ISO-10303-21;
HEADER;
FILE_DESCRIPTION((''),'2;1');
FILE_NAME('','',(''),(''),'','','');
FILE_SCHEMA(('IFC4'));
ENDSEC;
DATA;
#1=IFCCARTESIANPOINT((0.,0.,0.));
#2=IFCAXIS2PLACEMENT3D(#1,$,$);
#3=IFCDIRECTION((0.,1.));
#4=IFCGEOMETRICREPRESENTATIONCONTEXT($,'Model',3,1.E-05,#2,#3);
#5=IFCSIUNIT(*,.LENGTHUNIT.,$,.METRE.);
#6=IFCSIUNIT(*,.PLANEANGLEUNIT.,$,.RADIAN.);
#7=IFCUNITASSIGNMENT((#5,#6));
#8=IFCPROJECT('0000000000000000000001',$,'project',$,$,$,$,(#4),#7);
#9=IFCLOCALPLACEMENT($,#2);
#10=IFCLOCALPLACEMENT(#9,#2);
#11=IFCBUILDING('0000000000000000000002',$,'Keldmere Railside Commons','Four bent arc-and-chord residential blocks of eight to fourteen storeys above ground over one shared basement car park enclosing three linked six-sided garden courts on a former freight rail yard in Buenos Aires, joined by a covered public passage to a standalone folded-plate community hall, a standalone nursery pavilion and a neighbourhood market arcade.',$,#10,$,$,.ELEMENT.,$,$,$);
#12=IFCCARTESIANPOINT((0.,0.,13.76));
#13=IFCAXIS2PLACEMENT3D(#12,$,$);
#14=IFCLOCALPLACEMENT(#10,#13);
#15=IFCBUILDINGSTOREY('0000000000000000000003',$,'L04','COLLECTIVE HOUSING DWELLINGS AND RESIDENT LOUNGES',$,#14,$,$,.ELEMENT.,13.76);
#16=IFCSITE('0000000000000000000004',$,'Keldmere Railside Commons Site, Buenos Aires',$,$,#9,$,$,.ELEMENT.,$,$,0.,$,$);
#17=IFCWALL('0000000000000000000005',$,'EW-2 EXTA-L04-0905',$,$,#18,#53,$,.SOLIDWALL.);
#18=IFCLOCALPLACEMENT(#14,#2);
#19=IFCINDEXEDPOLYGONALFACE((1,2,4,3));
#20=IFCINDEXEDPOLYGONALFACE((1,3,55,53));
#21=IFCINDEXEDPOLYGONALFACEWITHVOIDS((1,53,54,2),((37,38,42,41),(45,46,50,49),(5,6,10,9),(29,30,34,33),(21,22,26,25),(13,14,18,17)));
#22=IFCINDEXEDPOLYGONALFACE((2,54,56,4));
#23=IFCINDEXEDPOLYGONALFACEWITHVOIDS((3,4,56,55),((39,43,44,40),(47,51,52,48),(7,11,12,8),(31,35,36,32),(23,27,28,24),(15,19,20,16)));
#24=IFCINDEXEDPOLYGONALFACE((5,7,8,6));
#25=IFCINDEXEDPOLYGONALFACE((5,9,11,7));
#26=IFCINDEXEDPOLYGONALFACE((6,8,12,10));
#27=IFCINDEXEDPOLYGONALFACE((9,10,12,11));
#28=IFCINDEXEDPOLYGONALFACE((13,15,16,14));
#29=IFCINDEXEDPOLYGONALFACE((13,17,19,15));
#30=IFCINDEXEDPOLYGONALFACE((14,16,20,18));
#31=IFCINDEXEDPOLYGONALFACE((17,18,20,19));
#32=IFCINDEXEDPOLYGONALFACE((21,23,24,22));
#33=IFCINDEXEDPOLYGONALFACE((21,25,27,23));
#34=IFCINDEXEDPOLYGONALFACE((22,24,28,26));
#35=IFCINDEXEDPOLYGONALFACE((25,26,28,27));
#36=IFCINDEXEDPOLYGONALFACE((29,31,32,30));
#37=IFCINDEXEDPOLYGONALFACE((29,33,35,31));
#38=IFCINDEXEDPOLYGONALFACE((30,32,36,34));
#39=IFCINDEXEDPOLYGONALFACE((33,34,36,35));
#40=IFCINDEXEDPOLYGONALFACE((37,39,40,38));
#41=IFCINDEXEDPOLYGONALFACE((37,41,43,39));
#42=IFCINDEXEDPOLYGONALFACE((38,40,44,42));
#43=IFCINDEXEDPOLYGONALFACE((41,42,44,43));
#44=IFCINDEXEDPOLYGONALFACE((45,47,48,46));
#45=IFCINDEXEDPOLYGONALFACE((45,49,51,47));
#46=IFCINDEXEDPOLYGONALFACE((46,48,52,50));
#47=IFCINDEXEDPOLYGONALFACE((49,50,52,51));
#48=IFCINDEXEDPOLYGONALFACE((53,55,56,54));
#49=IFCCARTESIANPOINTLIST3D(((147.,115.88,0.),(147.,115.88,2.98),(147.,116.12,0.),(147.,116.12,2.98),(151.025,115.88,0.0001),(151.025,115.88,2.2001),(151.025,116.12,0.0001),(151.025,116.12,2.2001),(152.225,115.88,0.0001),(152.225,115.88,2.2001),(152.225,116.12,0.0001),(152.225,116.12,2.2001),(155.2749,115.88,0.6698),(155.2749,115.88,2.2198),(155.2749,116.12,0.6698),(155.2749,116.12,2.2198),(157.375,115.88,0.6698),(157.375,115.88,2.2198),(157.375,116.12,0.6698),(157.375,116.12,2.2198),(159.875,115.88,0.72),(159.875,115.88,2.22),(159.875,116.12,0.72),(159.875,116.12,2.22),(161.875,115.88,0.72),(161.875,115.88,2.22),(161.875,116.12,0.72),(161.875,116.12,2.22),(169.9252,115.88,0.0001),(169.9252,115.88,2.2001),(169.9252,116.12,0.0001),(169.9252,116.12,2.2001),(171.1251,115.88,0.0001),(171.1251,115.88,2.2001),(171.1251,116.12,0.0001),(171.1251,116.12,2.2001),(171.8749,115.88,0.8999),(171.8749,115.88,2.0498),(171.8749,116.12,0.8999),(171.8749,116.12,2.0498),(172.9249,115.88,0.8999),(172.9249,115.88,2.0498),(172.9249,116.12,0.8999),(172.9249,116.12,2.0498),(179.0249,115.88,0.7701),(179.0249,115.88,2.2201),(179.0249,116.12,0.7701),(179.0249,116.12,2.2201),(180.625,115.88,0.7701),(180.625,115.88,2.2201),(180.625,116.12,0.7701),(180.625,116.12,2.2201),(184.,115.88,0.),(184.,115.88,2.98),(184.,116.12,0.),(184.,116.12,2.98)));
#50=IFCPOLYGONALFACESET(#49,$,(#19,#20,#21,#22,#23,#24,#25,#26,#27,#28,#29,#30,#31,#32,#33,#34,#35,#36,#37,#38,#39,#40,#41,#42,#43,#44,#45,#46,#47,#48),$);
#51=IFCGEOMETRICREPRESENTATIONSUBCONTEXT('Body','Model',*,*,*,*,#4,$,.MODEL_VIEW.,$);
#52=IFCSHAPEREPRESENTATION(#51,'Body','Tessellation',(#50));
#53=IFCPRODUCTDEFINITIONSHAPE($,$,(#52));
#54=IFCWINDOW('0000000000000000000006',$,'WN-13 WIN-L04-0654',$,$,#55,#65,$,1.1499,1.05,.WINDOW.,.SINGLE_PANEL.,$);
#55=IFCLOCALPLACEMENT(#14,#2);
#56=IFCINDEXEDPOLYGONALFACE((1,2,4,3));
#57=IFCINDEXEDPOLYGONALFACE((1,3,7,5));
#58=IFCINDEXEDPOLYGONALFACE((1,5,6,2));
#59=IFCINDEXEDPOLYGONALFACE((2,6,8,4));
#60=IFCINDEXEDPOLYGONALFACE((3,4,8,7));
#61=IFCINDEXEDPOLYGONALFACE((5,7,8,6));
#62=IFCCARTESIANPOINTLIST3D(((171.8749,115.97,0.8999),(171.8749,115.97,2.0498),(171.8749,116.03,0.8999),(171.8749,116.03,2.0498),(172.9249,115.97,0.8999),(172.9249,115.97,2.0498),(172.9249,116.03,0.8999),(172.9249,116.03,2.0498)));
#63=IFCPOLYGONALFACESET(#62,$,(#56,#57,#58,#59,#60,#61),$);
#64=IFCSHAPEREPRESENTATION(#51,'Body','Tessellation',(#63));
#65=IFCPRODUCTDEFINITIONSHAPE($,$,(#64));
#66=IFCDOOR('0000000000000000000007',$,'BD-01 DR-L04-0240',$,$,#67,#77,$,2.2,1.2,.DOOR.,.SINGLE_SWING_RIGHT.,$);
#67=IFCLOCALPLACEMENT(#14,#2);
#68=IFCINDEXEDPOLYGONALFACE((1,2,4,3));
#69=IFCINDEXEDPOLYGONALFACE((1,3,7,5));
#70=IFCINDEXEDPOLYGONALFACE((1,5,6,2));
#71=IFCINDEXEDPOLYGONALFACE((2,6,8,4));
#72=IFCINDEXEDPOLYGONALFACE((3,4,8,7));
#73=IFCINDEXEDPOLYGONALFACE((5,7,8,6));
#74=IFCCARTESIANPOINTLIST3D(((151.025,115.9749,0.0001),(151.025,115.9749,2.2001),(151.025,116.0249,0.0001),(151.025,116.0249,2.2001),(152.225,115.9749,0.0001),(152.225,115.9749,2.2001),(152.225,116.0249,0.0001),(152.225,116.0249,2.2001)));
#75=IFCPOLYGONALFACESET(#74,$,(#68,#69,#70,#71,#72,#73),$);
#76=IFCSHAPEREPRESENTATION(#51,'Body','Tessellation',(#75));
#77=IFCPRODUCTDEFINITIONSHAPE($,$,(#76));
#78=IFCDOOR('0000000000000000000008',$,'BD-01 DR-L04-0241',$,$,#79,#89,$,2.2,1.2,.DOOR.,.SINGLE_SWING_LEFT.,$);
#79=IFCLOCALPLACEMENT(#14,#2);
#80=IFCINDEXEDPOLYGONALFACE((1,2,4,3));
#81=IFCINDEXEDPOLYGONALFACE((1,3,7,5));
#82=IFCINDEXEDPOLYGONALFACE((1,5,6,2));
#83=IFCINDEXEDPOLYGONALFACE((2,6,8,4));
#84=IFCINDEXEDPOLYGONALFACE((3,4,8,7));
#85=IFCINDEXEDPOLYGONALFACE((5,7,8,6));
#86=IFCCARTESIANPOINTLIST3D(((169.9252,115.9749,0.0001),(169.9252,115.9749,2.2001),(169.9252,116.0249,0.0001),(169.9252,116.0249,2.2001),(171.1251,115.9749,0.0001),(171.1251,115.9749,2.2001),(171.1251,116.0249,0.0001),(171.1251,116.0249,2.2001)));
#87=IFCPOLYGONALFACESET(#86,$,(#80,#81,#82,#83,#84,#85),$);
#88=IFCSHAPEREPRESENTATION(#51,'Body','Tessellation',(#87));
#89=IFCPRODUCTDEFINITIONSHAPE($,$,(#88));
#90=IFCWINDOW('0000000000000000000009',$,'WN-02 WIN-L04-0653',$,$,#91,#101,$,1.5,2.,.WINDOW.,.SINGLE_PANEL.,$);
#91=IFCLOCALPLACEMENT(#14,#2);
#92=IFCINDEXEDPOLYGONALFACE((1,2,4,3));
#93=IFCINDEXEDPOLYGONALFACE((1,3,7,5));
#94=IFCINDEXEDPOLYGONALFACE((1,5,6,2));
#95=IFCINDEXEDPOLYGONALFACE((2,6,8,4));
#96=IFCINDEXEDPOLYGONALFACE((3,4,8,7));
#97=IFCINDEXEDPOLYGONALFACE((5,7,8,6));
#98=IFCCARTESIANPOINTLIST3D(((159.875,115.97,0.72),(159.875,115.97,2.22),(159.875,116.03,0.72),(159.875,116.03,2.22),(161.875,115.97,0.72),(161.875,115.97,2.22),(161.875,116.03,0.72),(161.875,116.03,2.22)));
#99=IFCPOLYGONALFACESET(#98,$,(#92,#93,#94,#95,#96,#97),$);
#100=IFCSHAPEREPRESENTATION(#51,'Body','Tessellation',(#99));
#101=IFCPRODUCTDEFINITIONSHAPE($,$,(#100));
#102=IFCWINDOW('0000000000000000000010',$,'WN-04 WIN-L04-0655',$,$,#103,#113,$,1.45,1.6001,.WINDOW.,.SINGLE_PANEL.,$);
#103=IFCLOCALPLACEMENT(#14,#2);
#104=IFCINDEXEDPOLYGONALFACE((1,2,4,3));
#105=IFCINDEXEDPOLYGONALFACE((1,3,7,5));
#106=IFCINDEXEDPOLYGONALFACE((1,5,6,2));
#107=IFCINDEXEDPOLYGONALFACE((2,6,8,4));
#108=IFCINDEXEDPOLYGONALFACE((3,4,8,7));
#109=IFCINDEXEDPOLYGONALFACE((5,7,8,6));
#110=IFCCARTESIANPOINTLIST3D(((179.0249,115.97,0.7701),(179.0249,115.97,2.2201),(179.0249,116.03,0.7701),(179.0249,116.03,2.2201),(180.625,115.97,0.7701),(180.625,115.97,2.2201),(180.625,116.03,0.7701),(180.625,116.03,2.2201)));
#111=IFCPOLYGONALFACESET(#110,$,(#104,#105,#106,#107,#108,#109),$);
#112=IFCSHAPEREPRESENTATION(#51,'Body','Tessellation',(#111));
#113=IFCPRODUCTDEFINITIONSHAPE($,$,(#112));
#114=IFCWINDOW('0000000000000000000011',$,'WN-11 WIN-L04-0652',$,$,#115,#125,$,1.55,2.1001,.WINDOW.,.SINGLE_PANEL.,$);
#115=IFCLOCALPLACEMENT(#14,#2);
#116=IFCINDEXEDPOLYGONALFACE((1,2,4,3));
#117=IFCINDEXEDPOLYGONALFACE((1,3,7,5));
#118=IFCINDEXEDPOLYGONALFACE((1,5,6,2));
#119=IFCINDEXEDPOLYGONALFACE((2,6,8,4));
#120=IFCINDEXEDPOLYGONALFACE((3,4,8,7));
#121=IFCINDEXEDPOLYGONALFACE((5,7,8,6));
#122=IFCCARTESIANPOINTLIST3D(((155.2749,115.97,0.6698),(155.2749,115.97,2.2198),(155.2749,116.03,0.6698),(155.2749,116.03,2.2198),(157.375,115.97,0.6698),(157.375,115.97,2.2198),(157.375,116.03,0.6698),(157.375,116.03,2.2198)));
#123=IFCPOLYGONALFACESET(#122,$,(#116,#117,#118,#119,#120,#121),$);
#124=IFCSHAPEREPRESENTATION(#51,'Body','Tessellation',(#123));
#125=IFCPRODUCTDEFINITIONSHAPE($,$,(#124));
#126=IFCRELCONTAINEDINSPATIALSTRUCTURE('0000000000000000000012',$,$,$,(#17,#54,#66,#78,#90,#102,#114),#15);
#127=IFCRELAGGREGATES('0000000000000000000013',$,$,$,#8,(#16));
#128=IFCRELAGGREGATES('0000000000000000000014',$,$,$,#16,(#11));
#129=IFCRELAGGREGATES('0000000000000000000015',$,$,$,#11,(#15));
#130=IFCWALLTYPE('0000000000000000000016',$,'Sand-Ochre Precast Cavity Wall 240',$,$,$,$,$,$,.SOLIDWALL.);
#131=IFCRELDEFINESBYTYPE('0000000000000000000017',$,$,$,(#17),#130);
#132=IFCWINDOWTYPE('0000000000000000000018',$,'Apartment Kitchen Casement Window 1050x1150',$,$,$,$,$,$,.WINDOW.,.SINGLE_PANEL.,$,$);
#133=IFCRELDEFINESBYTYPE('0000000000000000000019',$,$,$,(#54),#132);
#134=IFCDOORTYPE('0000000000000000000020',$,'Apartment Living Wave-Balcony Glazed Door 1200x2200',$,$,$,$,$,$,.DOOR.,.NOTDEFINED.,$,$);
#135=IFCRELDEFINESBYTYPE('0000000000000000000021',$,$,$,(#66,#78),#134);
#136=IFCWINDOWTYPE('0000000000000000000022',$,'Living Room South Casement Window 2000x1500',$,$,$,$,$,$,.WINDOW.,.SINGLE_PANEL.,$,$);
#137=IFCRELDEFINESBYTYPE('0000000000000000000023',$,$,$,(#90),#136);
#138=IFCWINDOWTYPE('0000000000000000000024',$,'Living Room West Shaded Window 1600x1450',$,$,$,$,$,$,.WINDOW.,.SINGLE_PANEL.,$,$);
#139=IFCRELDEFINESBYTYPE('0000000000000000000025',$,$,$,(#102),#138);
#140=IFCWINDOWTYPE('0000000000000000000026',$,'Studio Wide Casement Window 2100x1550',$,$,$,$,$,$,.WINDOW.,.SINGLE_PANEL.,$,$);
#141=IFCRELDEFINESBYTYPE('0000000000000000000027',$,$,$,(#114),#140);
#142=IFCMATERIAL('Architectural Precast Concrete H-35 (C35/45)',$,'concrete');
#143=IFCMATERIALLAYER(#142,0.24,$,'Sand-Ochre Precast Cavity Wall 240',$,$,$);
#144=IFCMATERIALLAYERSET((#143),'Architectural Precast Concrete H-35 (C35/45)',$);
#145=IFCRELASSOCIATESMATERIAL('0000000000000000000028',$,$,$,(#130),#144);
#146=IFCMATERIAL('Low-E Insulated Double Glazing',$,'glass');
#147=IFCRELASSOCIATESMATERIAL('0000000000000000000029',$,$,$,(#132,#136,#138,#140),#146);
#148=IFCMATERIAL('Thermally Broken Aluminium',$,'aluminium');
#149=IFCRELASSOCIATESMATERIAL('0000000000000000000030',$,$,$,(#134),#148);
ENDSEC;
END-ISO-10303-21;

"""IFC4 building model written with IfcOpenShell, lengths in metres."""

from ifc_helpers import new_model, si_unit, direction, frame, frame_2d, origin, place, context, subcontext, project, spatial, rectangle, extrude, material, layer, layer_set, type_object, element, fill, save


model = new_model("IFC4")

# Units and contexts
model_context = context("Model", 3, precision=1e-05, world=origin(), true_north=direction((0.0, 1.0)))
body_context = subcontext(model_context, "Body", "Model", "MODEL_VIEW")
ifc_project = project(units=[si_unit("LENGTHUNIT", "METRE"), si_unit("PLANEANGLEUNIT", "RADIAN")], contexts=[model_context])

# Site, building, storey
site_placement = place(None, origin())
site = spatial("IfcSite", under=ifc_project, at=site_placement, Name="Keldmere Railside Commons Site, Buenos Aires", CompositionType="ELEMENT", RefElevation=0.0)
building_placement = place(site_placement, origin())
building = spatial("IfcBuilding", under=site, at=building_placement, Name="Keldmere Railside Commons", Description="Four bent arc-and-chord residential blocks of eight to fourteen storeys above ground over one shared basement car park enclosing three linked six-sided garden courts on a former freight rail yard in Buenos Aires, joined by a covered public passage to a standalone folded-plate community hall, a standalone nursery pavilion and a neighbourhood market arcade.", CompositionType="ELEMENT")
storey_placement = place(building_placement, frame((0.0, 0.0, 13.76)))
storey = spatial("IfcBuildingStorey", under=building, at=storey_placement, Name="L04", Description="COLLECTIVE HOUSING DWELLINGS AND RESIDENT LOUNGES", CompositionType="ELEMENT", Elevation=13.76)

# Shared definitions
ifc_material_1 = material(Name="Architectural Precast Concrete H-35 (C35/45)", Category="concrete")

# Wall, openings, windows, doors
ifc_layer_1 = layer(ifc_material_1, 0.24, Name="Sand-Ochre Precast Cavity Wall 240")
ifc_layer_set_1 = layer_set([ifc_layer_1], Name="Architectural Precast Concrete H-35 (C35/45)")
wall_type_1 = type_object("IfcWallType", Name="Sand-Ochre Precast Cavity Wall 240", PredefinedType="SOLIDWALL", material=ifc_layer_set_1)
wall_1_placement = place(storey_placement, frame((147.0, 116.0, 0.0), z_axis=(0.0, 0.0, 1.0), x_axis=(1.0, 0.0, 0.0)))
wall_1 = element("IfcWall", 1, at=wall_1_placement, inside=storey, type_object=wall_type_1, Name="EW-2 EXTA-L04-0905", PredefinedType="SOLIDWALL", context=body_context, shape_type="SweptSolid", body=[
    extrude(rectangle(XDim=37.0, YDim=0.24, at=frame_2d((18.5, 0.0))), origin(), (0.0, 0.0, 1.0), 2.98),
])
opening_1_placement = place(wall_1_placement, frame((4.0249, 0.0, 0.0)))
opening_1 = element("IfcOpeningElement", 2, at=opening_1_placement, cuts=wall_1, PredefinedType="OPENING", context=body_context, shape_type="SweptSolid", body=[
    extrude(rectangle(XDim=1.2, YDim=2.2, at=frame_2d((0.6001, 1.1001))), frame((0.0, 0.1299, 0.0), z_axis=(0.0, -1.0, 0.0), x_axis=(1.0, 0.0, 0.0)), (0.0, 0.0, 1.0), 0.26),
])
opening_2_placement = place(wall_1_placement, frame((8.2749, 0.0, 0.6699)))
opening_2 = element("IfcOpeningElement", 3, at=opening_2_placement, cuts=wall_1, PredefinedType="OPENING", context=body_context, shape_type="SweptSolid", body=[
    extrude(rectangle(XDim=2.1001, YDim=1.55, at=frame_2d((1.05, 0.7749))), frame((0.0, 0.1299, 0.0), z_axis=(0.0, -1.0, 0.0), x_axis=(1.0, 0.0, 0.0)), (0.0, 0.0, 1.0), 0.26),
])
opening_3_placement = place(wall_1_placement, frame((12.875, 0.0, 0.72)))
opening_3 = element("IfcOpeningElement", 4, at=opening_3_placement, cuts=wall_1, PredefinedType="OPENING", context=body_context, shape_type="SweptSolid", body=[
    extrude(rectangle(XDim=2.0, YDim=1.5, at=frame_2d((1.0, 0.75))), frame((0.0, 0.1299, 0.0), z_axis=(0.0, -1.0, 0.0), x_axis=(1.0, 0.0, 0.0)), (0.0, 0.0, 1.0), 0.26),
])
opening_4_placement = place(wall_1_placement, frame((22.925, 0.0, 0.0)))
opening_4 = element("IfcOpeningElement", 5, at=opening_4_placement, cuts=wall_1, PredefinedType="OPENING", context=body_context, shape_type="SweptSolid", body=[
    extrude(rectangle(XDim=1.2, YDim=2.2, at=frame_2d((0.6001, 1.1001))), frame((0.0, 0.1299, 0.0), z_axis=(0.0, -1.0, 0.0), x_axis=(1.0, 0.0, 0.0)), (0.0, 0.0, 1.0), 0.26),
])
opening_5_placement = place(wall_1_placement, frame((24.875, 0.0, 0.8999)))
opening_5 = element("IfcOpeningElement", 6, at=opening_5_placement, cuts=wall_1, PredefinedType="OPENING", context=body_context, shape_type="SweptSolid", body=[
    extrude(rectangle(XDim=1.05, YDim=1.1499, at=frame_2d((0.5249, 0.575))), frame((0.0, 0.1299, 0.0), z_axis=(0.0, -1.0, 0.0), x_axis=(1.0, 0.0, 0.0)), (0.0, 0.0, 1.0), 0.26),
])
opening_6_placement = place(wall_1_placement, frame((32.0249, 0.0, 0.77)))
opening_6 = element("IfcOpeningElement", 7, at=opening_6_placement, cuts=wall_1, PredefinedType="OPENING", context=body_context, shape_type="SweptSolid", body=[
    extrude(rectangle(XDim=1.6001, YDim=1.45, at=frame_2d((0.8, 0.7251))), frame((0.0, 0.1299, 0.0), z_axis=(0.0, -1.0, 0.0), x_axis=(1.0, 0.0, 0.0)), (0.0, 0.0, 1.0), 0.26),
])
ifc_material_2 = material(Name="Low-E Insulated Double Glazing", Category="glass")
window_type_1 = type_object("IfcWindowType", Name="Apartment Kitchen Casement Window 1050x1150", PartitioningType="SINGLE_PANEL", PredefinedType="WINDOW", material=ifc_material_2)
window_1_placement = place(opening_5_placement, origin())
window_1 = element("IfcWindow", 8, at=window_1_placement, inside=storey, type_object=window_type_1, Name="WN-13 WIN-L04-0654", OverallHeight=1.1499, OverallWidth=1.05, PartitioningType="SINGLE_PANEL", PredefinedType="WINDOW", context=body_context, shape_type="SweptSolid", body=[
    extrude(rectangle(XDim=1.05, YDim=1.1499, at=frame_2d((0.5249, 0.575))), frame((0.0, 0.03, 0.0), z_axis=(0.0, -1.0, 0.0), x_axis=(1.0, 0.0, 0.0)), (0.0, 0.0, 1.0), 0.0601),
])
fill(opening_5, window_1)
ifc_material_3 = material(Name="Thermally Broken Aluminium", Category="aluminium")
door_type_1 = type_object("IfcDoorType", Name="Apartment Living Wave-Balcony Glazed Door 1200x2200", OperationType="NOTDEFINED", PredefinedType="DOOR", material=ifc_material_3)
door_1_placement = place(opening_1_placement, origin())
door_1 = element("IfcDoor", 9, at=door_1_placement, inside=storey, type_object=door_type_1, Name="BD-01 DR-L04-0240", OperationType="SINGLE_SWING_RIGHT", OverallHeight=2.2, OverallWidth=1.2, PredefinedType="DOOR", context=body_context, shape_type="SweptSolid", body=[
    extrude(rectangle(XDim=1.2, YDim=2.2, at=frame_2d((0.6001, 1.1001))), frame((0.0, 0.0249, 0.0), z_axis=(0.0, -1.0, 0.0), x_axis=(1.0, 0.0, 0.0)), (0.0, 0.0, 1.0), 0.05),
])
fill(opening_1, door_1)
door_2_placement = place(opening_4_placement, origin())
door_2 = element("IfcDoor", 10, at=door_2_placement, inside=storey, type_object=door_type_1, Name="BD-01 DR-L04-0241", OperationType="SINGLE_SWING_LEFT", OverallHeight=2.2, OverallWidth=1.2, PredefinedType="DOOR", context=body_context, shape_type="SweptSolid", body=[
    extrude(rectangle(XDim=1.2, YDim=2.2, at=frame_2d((0.6001, 1.1001))), frame((0.0, 0.0249, 0.0), z_axis=(0.0, -1.0, 0.0), x_axis=(1.0, 0.0, 0.0)), (0.0, 0.0, 1.0), 0.05),
])
fill(opening_4, door_2)
window_type_2 = type_object("IfcWindowType", Name="Living Room South Casement Window 2000x1500", PartitioningType="SINGLE_PANEL", PredefinedType="WINDOW", material=ifc_material_2)
window_2_placement = place(opening_3_placement, origin())
window_2 = element("IfcWindow", 11, at=window_2_placement, inside=storey, type_object=window_type_2, Name="WN-02 WIN-L04-0653", OverallHeight=1.5, OverallWidth=2.0, PartitioningType="SINGLE_PANEL", PredefinedType="WINDOW", context=body_context, shape_type="SweptSolid", body=[
    extrude(rectangle(XDim=2.0, YDim=1.5, at=frame_2d((1.0, 0.75))), frame((0.0, 0.03, 0.0), z_axis=(0.0, -1.0, 0.0), x_axis=(1.0, 0.0, 0.0)), (0.0, 0.0, 1.0), 0.0601),
])
fill(opening_3, window_2)
window_type_3 = type_object("IfcWindowType", Name="Living Room West Shaded Window 1600x1450", PartitioningType="SINGLE_PANEL", PredefinedType="WINDOW", material=ifc_material_2)
window_3_placement = place(opening_6_placement, origin())
window_3 = element("IfcWindow", 12, at=window_3_placement, inside=storey, type_object=window_type_3, Name="WN-04 WIN-L04-0655", OverallHeight=1.45, OverallWidth=1.6001, PartitioningType="SINGLE_PANEL", PredefinedType="WINDOW", context=body_context, shape_type="SweptSolid", body=[
    extrude(rectangle(XDim=1.6001, YDim=1.45, at=frame_2d((0.8, 0.7251))), frame((0.0, 0.03, 0.0), z_axis=(0.0, -1.0, 0.0), x_axis=(1.0, 0.0, 0.0)), (0.0, 0.0, 1.0), 0.0601),
])
fill(opening_6, window_3)
window_type_4 = type_object("IfcWindowType", Name="Studio Wide Casement Window 2100x1550", PartitioningType="SINGLE_PANEL", PredefinedType="WINDOW", material=ifc_material_2)
window_4_placement = place(opening_2_placement, origin())
window_4 = element("IfcWindow", 13, at=window_4_placement, inside=storey, type_object=window_type_4, Name="WN-11 WIN-L04-0652", OverallHeight=1.55, OverallWidth=2.1001, PartitioningType="SINGLE_PANEL", PredefinedType="WINDOW", context=body_context, shape_type="SweptSolid", body=[
    extrude(rectangle(XDim=2.1001, YDim=1.55, at=frame_2d((1.05, 0.7749))), frame((0.0, 0.03, 0.0), z_axis=(0.0, -1.0, 0.0), x_axis=(1.0, 0.0, 0.0)), (0.0, 0.0, 1.0), 0.0601),
])
fill(opening_2, window_4)

save(model, "model.ifc")
